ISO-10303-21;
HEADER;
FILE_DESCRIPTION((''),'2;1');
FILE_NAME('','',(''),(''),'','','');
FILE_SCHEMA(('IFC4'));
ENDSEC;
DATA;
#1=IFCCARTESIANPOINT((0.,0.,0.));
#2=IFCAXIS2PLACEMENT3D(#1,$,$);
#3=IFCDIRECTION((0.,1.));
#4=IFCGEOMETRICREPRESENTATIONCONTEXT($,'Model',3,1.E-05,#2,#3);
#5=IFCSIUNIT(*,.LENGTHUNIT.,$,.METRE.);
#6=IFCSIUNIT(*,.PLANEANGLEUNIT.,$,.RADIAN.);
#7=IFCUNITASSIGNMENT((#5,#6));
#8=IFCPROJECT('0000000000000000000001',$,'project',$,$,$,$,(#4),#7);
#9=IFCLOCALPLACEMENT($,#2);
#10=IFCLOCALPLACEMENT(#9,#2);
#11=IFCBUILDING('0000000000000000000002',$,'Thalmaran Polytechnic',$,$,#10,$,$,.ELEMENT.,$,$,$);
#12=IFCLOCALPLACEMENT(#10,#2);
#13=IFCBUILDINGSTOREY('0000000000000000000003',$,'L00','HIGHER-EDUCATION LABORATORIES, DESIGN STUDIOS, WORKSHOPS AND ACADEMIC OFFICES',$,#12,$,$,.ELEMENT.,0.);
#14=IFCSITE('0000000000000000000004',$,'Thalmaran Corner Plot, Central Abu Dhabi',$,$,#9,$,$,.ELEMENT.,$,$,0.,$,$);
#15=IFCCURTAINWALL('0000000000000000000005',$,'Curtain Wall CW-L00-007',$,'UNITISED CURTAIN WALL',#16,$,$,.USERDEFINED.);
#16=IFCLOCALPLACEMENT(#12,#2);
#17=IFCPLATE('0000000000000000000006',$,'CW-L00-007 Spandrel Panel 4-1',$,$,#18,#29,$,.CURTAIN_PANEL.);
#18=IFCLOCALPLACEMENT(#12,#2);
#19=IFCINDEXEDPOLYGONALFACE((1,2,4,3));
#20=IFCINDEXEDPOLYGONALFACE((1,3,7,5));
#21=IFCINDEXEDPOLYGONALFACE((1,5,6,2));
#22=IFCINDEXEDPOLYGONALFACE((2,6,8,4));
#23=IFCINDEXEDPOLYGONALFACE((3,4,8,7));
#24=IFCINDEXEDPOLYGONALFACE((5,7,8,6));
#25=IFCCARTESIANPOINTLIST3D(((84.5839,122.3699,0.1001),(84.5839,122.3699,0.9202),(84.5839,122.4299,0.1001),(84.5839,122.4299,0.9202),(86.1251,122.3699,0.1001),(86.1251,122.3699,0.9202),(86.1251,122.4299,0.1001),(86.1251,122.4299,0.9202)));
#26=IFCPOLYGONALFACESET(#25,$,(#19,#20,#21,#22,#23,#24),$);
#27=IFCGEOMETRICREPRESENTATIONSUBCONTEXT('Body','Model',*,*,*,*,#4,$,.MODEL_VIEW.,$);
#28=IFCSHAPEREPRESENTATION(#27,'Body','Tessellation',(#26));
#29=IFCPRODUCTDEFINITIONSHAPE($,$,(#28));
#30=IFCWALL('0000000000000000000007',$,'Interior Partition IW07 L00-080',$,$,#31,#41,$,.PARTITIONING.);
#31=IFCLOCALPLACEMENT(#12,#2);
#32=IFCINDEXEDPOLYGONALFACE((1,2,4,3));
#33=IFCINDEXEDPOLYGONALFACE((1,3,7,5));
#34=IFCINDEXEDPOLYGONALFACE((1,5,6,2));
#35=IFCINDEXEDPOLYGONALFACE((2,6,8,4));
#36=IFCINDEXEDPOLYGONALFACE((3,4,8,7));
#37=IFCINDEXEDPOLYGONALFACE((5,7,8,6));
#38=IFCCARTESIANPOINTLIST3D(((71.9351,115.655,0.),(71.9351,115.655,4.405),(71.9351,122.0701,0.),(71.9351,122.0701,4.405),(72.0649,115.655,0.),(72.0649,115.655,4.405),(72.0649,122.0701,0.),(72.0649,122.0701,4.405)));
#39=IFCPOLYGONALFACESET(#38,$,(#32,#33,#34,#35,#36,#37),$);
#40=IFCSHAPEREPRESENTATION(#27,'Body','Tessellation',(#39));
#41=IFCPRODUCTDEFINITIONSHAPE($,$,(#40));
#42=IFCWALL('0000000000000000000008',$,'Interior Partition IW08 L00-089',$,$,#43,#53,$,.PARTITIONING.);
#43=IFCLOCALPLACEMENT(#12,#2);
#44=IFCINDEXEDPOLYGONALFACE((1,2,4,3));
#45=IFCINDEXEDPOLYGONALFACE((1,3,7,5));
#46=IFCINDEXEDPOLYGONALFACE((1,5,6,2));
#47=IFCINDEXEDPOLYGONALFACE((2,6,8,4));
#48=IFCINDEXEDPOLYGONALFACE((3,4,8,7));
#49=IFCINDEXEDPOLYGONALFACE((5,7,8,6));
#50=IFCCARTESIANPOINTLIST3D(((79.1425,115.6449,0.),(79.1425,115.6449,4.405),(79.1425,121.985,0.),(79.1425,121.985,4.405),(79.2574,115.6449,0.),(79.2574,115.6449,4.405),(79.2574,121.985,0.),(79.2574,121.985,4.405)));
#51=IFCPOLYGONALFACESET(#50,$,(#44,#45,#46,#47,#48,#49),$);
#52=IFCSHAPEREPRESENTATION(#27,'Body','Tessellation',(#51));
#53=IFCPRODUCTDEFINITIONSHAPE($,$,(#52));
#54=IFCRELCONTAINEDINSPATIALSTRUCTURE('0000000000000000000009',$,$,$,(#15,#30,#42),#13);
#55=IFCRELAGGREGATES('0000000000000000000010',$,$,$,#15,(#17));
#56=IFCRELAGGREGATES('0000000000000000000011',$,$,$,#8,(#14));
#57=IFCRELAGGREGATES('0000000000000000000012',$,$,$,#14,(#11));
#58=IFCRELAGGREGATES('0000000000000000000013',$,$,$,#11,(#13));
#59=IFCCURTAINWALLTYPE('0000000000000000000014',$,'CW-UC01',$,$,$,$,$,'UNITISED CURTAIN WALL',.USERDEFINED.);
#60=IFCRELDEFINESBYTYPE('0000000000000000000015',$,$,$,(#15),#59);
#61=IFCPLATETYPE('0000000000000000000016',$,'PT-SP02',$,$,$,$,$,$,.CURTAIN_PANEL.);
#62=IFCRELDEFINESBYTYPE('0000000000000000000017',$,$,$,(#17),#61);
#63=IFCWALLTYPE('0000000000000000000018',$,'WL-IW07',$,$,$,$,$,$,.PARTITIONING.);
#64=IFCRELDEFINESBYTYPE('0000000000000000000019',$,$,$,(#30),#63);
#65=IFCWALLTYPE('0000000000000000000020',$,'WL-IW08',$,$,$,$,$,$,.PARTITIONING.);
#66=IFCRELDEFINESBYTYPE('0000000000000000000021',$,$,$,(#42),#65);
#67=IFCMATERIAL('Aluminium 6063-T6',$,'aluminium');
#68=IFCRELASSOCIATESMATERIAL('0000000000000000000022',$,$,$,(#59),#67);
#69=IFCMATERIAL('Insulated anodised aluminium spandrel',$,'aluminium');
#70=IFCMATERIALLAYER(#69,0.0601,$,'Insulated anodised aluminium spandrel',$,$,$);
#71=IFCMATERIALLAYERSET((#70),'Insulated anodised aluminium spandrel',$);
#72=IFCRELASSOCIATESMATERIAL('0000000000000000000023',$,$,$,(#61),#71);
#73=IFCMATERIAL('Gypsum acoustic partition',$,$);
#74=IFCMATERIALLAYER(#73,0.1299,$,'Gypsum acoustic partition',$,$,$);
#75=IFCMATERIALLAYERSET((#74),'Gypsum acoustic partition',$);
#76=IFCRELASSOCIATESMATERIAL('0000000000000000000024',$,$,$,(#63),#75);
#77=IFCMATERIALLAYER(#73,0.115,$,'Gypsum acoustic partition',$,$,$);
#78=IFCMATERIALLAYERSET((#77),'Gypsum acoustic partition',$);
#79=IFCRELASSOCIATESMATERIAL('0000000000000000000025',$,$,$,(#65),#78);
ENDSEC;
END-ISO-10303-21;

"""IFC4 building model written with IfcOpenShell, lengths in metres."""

from ifc_helpers import new_model, si_unit, direction, frame, frame_2d, origin, origin_2d, place, context, subcontext, project, spatial, rectangle, extrude, material, layer, layer_set, type_object, element, aggregate, save


model = new_model("IFC4")

# Units and contexts
model_context = context("Model", 3, precision=1e-05, world=origin(), true_north=direction((0.0, 1.0)))
body_context = subcontext(model_context, "Body", "Model", "MODEL_VIEW")
ifc_project = project(units=[si_unit("LENGTHUNIT", "METRE"), si_unit("PLANEANGLEUNIT", "RADIAN")], contexts=[model_context])

# Site, building, storey
site_placement = place(None, origin())
site = spatial("IfcSite", under=ifc_project, at=site_placement, Name="Thalmaran Corner Plot, Central Abu Dhabi", CompositionType="ELEMENT", RefElevation=0.0)
building_placement = place(site_placement, origin())
building = spatial("IfcBuilding", under=site, at=building_placement, Name="Thalmaran Polytechnic", CompositionType="ELEMENT")
storey_placement = place(building_placement, origin())
storey = spatial("IfcBuildingStorey", under=building, at=storey_placement, Name="L00", Description="HIGHER-EDUCATION LABORATORIES, DESIGN STUDIOS, WORKSHOPS AND ACADEMIC OFFICES", CompositionType="ELEMENT", Elevation=0.0)

# Curtain wall
ifc_material_1 = material(Name="Aluminium 6063-T6", Category="aluminium")
curtain_wall_type = type_object("IfcCurtainWallType", Name="CW-UC01", ElementType="UNITISED CURTAIN WALL", PredefinedType="USERDEFINED", material=ifc_material_1)
curtain_wall_placement = place(storey_placement, origin())
curtain_wall = element("IfcCurtainWall", 1, at=curtain_wall_placement, inside=storey, type_object=curtain_wall_type, Name="Curtain Wall CW-L00-007", ObjectType="UNITISED CURTAIN WALL", PredefinedType="USERDEFINED")

# Plate
ifc_material_2 = material(Name="Insulated anodised aluminium spandrel", Category="aluminium")
ifc_layer_1 = layer(ifc_material_2, 0.0601, Name="Insulated anodised aluminium spandrel")
ifc_layer_set_1 = layer_set([ifc_layer_1], Name="Insulated anodised aluminium spandrel")
plate_type_1 = type_object("IfcPlateType", Name="PT-SP02", PredefinedType="CURTAIN_PANEL", material=ifc_layer_set_1)
plate_1_placement = place(storey_placement, frame((85.3545, 122.3999, 0.1001), z_axis=(0.0, 0.0, 1.0), x_axis=(1.0, 0.0, 0.0)))
plate_1 = element("IfcPlate", 2, at=plate_1_placement, type_object=plate_type_1, Name="CW-L00-007 Spandrel Panel 4-1", PredefinedType="CURTAIN_PANEL", context=body_context, shape_type="SweptSolid", body=[
    extrude(rectangle(XDim=1.5413, YDim=0.0601, at=origin_2d()), origin(), (0.0, 0.0, 1.0), 0.8201),
])
aggregate(curtain_wall, [plate_1])

# Walls
ifc_material_3 = material(Name="Gypsum acoustic partition")
ifc_layer_2 = layer(ifc_material_3, 0.1299, Name="Gypsum acoustic partition")
ifc_layer_set_2 = layer_set([ifc_layer_2], Name="Gypsum acoustic partition")
wall_type_1 = type_object("IfcWallType", Name="WL-IW07", PredefinedType="PARTITIONING", material=ifc_layer_set_2)
wall_1_placement = place(storey_placement, frame((72.0, 115.655, 0.0), z_axis=(0.0, 0.0, 1.0), x_axis=(0.0, 1.0, 0.0)))
element("IfcWall", 3, at=wall_1_placement, inside=storey, type_object=wall_type_1, Name="Interior Partition IW07 L00-080", PredefinedType="PARTITIONING", context=body_context, shape_type="SweptSolid", body=[
    extrude(rectangle(XDim=6.415, YDim=0.1299, at=frame_2d((3.2075, 0.0))), origin(), (0.0, 0.0, 1.0), 4.405),
])
ifc_layer_3 = layer(ifc_material_3, 0.115, Name="Gypsum acoustic partition")
ifc_layer_set_3 = layer_set([ifc_layer_3], Name="Gypsum acoustic partition")
wall_type_2 = type_object("IfcWallType", Name="WL-IW08", PredefinedType="PARTITIONING", material=ifc_layer_set_3)
wall_2_placement = place(storey_placement, frame((79.2, 115.645, 0.0), z_axis=(0.0, 0.0, 1.0), x_axis=(0.0, 1.0, 0.0)))
element("IfcWall", 4, at=wall_2_placement, inside=storey, type_object=wall_type_2, Name="Interior Partition IW08 L00-089", PredefinedType="PARTITIONING", context=body_context, shape_type="SweptSolid", body=[
    extrude(rectangle(XDim=6.3401, YDim=0.115, at=frame_2d((3.1699, 0.0))), origin(), (0.0, 0.0, 1.0), 4.405),
])

save(model, "model.ifc")
